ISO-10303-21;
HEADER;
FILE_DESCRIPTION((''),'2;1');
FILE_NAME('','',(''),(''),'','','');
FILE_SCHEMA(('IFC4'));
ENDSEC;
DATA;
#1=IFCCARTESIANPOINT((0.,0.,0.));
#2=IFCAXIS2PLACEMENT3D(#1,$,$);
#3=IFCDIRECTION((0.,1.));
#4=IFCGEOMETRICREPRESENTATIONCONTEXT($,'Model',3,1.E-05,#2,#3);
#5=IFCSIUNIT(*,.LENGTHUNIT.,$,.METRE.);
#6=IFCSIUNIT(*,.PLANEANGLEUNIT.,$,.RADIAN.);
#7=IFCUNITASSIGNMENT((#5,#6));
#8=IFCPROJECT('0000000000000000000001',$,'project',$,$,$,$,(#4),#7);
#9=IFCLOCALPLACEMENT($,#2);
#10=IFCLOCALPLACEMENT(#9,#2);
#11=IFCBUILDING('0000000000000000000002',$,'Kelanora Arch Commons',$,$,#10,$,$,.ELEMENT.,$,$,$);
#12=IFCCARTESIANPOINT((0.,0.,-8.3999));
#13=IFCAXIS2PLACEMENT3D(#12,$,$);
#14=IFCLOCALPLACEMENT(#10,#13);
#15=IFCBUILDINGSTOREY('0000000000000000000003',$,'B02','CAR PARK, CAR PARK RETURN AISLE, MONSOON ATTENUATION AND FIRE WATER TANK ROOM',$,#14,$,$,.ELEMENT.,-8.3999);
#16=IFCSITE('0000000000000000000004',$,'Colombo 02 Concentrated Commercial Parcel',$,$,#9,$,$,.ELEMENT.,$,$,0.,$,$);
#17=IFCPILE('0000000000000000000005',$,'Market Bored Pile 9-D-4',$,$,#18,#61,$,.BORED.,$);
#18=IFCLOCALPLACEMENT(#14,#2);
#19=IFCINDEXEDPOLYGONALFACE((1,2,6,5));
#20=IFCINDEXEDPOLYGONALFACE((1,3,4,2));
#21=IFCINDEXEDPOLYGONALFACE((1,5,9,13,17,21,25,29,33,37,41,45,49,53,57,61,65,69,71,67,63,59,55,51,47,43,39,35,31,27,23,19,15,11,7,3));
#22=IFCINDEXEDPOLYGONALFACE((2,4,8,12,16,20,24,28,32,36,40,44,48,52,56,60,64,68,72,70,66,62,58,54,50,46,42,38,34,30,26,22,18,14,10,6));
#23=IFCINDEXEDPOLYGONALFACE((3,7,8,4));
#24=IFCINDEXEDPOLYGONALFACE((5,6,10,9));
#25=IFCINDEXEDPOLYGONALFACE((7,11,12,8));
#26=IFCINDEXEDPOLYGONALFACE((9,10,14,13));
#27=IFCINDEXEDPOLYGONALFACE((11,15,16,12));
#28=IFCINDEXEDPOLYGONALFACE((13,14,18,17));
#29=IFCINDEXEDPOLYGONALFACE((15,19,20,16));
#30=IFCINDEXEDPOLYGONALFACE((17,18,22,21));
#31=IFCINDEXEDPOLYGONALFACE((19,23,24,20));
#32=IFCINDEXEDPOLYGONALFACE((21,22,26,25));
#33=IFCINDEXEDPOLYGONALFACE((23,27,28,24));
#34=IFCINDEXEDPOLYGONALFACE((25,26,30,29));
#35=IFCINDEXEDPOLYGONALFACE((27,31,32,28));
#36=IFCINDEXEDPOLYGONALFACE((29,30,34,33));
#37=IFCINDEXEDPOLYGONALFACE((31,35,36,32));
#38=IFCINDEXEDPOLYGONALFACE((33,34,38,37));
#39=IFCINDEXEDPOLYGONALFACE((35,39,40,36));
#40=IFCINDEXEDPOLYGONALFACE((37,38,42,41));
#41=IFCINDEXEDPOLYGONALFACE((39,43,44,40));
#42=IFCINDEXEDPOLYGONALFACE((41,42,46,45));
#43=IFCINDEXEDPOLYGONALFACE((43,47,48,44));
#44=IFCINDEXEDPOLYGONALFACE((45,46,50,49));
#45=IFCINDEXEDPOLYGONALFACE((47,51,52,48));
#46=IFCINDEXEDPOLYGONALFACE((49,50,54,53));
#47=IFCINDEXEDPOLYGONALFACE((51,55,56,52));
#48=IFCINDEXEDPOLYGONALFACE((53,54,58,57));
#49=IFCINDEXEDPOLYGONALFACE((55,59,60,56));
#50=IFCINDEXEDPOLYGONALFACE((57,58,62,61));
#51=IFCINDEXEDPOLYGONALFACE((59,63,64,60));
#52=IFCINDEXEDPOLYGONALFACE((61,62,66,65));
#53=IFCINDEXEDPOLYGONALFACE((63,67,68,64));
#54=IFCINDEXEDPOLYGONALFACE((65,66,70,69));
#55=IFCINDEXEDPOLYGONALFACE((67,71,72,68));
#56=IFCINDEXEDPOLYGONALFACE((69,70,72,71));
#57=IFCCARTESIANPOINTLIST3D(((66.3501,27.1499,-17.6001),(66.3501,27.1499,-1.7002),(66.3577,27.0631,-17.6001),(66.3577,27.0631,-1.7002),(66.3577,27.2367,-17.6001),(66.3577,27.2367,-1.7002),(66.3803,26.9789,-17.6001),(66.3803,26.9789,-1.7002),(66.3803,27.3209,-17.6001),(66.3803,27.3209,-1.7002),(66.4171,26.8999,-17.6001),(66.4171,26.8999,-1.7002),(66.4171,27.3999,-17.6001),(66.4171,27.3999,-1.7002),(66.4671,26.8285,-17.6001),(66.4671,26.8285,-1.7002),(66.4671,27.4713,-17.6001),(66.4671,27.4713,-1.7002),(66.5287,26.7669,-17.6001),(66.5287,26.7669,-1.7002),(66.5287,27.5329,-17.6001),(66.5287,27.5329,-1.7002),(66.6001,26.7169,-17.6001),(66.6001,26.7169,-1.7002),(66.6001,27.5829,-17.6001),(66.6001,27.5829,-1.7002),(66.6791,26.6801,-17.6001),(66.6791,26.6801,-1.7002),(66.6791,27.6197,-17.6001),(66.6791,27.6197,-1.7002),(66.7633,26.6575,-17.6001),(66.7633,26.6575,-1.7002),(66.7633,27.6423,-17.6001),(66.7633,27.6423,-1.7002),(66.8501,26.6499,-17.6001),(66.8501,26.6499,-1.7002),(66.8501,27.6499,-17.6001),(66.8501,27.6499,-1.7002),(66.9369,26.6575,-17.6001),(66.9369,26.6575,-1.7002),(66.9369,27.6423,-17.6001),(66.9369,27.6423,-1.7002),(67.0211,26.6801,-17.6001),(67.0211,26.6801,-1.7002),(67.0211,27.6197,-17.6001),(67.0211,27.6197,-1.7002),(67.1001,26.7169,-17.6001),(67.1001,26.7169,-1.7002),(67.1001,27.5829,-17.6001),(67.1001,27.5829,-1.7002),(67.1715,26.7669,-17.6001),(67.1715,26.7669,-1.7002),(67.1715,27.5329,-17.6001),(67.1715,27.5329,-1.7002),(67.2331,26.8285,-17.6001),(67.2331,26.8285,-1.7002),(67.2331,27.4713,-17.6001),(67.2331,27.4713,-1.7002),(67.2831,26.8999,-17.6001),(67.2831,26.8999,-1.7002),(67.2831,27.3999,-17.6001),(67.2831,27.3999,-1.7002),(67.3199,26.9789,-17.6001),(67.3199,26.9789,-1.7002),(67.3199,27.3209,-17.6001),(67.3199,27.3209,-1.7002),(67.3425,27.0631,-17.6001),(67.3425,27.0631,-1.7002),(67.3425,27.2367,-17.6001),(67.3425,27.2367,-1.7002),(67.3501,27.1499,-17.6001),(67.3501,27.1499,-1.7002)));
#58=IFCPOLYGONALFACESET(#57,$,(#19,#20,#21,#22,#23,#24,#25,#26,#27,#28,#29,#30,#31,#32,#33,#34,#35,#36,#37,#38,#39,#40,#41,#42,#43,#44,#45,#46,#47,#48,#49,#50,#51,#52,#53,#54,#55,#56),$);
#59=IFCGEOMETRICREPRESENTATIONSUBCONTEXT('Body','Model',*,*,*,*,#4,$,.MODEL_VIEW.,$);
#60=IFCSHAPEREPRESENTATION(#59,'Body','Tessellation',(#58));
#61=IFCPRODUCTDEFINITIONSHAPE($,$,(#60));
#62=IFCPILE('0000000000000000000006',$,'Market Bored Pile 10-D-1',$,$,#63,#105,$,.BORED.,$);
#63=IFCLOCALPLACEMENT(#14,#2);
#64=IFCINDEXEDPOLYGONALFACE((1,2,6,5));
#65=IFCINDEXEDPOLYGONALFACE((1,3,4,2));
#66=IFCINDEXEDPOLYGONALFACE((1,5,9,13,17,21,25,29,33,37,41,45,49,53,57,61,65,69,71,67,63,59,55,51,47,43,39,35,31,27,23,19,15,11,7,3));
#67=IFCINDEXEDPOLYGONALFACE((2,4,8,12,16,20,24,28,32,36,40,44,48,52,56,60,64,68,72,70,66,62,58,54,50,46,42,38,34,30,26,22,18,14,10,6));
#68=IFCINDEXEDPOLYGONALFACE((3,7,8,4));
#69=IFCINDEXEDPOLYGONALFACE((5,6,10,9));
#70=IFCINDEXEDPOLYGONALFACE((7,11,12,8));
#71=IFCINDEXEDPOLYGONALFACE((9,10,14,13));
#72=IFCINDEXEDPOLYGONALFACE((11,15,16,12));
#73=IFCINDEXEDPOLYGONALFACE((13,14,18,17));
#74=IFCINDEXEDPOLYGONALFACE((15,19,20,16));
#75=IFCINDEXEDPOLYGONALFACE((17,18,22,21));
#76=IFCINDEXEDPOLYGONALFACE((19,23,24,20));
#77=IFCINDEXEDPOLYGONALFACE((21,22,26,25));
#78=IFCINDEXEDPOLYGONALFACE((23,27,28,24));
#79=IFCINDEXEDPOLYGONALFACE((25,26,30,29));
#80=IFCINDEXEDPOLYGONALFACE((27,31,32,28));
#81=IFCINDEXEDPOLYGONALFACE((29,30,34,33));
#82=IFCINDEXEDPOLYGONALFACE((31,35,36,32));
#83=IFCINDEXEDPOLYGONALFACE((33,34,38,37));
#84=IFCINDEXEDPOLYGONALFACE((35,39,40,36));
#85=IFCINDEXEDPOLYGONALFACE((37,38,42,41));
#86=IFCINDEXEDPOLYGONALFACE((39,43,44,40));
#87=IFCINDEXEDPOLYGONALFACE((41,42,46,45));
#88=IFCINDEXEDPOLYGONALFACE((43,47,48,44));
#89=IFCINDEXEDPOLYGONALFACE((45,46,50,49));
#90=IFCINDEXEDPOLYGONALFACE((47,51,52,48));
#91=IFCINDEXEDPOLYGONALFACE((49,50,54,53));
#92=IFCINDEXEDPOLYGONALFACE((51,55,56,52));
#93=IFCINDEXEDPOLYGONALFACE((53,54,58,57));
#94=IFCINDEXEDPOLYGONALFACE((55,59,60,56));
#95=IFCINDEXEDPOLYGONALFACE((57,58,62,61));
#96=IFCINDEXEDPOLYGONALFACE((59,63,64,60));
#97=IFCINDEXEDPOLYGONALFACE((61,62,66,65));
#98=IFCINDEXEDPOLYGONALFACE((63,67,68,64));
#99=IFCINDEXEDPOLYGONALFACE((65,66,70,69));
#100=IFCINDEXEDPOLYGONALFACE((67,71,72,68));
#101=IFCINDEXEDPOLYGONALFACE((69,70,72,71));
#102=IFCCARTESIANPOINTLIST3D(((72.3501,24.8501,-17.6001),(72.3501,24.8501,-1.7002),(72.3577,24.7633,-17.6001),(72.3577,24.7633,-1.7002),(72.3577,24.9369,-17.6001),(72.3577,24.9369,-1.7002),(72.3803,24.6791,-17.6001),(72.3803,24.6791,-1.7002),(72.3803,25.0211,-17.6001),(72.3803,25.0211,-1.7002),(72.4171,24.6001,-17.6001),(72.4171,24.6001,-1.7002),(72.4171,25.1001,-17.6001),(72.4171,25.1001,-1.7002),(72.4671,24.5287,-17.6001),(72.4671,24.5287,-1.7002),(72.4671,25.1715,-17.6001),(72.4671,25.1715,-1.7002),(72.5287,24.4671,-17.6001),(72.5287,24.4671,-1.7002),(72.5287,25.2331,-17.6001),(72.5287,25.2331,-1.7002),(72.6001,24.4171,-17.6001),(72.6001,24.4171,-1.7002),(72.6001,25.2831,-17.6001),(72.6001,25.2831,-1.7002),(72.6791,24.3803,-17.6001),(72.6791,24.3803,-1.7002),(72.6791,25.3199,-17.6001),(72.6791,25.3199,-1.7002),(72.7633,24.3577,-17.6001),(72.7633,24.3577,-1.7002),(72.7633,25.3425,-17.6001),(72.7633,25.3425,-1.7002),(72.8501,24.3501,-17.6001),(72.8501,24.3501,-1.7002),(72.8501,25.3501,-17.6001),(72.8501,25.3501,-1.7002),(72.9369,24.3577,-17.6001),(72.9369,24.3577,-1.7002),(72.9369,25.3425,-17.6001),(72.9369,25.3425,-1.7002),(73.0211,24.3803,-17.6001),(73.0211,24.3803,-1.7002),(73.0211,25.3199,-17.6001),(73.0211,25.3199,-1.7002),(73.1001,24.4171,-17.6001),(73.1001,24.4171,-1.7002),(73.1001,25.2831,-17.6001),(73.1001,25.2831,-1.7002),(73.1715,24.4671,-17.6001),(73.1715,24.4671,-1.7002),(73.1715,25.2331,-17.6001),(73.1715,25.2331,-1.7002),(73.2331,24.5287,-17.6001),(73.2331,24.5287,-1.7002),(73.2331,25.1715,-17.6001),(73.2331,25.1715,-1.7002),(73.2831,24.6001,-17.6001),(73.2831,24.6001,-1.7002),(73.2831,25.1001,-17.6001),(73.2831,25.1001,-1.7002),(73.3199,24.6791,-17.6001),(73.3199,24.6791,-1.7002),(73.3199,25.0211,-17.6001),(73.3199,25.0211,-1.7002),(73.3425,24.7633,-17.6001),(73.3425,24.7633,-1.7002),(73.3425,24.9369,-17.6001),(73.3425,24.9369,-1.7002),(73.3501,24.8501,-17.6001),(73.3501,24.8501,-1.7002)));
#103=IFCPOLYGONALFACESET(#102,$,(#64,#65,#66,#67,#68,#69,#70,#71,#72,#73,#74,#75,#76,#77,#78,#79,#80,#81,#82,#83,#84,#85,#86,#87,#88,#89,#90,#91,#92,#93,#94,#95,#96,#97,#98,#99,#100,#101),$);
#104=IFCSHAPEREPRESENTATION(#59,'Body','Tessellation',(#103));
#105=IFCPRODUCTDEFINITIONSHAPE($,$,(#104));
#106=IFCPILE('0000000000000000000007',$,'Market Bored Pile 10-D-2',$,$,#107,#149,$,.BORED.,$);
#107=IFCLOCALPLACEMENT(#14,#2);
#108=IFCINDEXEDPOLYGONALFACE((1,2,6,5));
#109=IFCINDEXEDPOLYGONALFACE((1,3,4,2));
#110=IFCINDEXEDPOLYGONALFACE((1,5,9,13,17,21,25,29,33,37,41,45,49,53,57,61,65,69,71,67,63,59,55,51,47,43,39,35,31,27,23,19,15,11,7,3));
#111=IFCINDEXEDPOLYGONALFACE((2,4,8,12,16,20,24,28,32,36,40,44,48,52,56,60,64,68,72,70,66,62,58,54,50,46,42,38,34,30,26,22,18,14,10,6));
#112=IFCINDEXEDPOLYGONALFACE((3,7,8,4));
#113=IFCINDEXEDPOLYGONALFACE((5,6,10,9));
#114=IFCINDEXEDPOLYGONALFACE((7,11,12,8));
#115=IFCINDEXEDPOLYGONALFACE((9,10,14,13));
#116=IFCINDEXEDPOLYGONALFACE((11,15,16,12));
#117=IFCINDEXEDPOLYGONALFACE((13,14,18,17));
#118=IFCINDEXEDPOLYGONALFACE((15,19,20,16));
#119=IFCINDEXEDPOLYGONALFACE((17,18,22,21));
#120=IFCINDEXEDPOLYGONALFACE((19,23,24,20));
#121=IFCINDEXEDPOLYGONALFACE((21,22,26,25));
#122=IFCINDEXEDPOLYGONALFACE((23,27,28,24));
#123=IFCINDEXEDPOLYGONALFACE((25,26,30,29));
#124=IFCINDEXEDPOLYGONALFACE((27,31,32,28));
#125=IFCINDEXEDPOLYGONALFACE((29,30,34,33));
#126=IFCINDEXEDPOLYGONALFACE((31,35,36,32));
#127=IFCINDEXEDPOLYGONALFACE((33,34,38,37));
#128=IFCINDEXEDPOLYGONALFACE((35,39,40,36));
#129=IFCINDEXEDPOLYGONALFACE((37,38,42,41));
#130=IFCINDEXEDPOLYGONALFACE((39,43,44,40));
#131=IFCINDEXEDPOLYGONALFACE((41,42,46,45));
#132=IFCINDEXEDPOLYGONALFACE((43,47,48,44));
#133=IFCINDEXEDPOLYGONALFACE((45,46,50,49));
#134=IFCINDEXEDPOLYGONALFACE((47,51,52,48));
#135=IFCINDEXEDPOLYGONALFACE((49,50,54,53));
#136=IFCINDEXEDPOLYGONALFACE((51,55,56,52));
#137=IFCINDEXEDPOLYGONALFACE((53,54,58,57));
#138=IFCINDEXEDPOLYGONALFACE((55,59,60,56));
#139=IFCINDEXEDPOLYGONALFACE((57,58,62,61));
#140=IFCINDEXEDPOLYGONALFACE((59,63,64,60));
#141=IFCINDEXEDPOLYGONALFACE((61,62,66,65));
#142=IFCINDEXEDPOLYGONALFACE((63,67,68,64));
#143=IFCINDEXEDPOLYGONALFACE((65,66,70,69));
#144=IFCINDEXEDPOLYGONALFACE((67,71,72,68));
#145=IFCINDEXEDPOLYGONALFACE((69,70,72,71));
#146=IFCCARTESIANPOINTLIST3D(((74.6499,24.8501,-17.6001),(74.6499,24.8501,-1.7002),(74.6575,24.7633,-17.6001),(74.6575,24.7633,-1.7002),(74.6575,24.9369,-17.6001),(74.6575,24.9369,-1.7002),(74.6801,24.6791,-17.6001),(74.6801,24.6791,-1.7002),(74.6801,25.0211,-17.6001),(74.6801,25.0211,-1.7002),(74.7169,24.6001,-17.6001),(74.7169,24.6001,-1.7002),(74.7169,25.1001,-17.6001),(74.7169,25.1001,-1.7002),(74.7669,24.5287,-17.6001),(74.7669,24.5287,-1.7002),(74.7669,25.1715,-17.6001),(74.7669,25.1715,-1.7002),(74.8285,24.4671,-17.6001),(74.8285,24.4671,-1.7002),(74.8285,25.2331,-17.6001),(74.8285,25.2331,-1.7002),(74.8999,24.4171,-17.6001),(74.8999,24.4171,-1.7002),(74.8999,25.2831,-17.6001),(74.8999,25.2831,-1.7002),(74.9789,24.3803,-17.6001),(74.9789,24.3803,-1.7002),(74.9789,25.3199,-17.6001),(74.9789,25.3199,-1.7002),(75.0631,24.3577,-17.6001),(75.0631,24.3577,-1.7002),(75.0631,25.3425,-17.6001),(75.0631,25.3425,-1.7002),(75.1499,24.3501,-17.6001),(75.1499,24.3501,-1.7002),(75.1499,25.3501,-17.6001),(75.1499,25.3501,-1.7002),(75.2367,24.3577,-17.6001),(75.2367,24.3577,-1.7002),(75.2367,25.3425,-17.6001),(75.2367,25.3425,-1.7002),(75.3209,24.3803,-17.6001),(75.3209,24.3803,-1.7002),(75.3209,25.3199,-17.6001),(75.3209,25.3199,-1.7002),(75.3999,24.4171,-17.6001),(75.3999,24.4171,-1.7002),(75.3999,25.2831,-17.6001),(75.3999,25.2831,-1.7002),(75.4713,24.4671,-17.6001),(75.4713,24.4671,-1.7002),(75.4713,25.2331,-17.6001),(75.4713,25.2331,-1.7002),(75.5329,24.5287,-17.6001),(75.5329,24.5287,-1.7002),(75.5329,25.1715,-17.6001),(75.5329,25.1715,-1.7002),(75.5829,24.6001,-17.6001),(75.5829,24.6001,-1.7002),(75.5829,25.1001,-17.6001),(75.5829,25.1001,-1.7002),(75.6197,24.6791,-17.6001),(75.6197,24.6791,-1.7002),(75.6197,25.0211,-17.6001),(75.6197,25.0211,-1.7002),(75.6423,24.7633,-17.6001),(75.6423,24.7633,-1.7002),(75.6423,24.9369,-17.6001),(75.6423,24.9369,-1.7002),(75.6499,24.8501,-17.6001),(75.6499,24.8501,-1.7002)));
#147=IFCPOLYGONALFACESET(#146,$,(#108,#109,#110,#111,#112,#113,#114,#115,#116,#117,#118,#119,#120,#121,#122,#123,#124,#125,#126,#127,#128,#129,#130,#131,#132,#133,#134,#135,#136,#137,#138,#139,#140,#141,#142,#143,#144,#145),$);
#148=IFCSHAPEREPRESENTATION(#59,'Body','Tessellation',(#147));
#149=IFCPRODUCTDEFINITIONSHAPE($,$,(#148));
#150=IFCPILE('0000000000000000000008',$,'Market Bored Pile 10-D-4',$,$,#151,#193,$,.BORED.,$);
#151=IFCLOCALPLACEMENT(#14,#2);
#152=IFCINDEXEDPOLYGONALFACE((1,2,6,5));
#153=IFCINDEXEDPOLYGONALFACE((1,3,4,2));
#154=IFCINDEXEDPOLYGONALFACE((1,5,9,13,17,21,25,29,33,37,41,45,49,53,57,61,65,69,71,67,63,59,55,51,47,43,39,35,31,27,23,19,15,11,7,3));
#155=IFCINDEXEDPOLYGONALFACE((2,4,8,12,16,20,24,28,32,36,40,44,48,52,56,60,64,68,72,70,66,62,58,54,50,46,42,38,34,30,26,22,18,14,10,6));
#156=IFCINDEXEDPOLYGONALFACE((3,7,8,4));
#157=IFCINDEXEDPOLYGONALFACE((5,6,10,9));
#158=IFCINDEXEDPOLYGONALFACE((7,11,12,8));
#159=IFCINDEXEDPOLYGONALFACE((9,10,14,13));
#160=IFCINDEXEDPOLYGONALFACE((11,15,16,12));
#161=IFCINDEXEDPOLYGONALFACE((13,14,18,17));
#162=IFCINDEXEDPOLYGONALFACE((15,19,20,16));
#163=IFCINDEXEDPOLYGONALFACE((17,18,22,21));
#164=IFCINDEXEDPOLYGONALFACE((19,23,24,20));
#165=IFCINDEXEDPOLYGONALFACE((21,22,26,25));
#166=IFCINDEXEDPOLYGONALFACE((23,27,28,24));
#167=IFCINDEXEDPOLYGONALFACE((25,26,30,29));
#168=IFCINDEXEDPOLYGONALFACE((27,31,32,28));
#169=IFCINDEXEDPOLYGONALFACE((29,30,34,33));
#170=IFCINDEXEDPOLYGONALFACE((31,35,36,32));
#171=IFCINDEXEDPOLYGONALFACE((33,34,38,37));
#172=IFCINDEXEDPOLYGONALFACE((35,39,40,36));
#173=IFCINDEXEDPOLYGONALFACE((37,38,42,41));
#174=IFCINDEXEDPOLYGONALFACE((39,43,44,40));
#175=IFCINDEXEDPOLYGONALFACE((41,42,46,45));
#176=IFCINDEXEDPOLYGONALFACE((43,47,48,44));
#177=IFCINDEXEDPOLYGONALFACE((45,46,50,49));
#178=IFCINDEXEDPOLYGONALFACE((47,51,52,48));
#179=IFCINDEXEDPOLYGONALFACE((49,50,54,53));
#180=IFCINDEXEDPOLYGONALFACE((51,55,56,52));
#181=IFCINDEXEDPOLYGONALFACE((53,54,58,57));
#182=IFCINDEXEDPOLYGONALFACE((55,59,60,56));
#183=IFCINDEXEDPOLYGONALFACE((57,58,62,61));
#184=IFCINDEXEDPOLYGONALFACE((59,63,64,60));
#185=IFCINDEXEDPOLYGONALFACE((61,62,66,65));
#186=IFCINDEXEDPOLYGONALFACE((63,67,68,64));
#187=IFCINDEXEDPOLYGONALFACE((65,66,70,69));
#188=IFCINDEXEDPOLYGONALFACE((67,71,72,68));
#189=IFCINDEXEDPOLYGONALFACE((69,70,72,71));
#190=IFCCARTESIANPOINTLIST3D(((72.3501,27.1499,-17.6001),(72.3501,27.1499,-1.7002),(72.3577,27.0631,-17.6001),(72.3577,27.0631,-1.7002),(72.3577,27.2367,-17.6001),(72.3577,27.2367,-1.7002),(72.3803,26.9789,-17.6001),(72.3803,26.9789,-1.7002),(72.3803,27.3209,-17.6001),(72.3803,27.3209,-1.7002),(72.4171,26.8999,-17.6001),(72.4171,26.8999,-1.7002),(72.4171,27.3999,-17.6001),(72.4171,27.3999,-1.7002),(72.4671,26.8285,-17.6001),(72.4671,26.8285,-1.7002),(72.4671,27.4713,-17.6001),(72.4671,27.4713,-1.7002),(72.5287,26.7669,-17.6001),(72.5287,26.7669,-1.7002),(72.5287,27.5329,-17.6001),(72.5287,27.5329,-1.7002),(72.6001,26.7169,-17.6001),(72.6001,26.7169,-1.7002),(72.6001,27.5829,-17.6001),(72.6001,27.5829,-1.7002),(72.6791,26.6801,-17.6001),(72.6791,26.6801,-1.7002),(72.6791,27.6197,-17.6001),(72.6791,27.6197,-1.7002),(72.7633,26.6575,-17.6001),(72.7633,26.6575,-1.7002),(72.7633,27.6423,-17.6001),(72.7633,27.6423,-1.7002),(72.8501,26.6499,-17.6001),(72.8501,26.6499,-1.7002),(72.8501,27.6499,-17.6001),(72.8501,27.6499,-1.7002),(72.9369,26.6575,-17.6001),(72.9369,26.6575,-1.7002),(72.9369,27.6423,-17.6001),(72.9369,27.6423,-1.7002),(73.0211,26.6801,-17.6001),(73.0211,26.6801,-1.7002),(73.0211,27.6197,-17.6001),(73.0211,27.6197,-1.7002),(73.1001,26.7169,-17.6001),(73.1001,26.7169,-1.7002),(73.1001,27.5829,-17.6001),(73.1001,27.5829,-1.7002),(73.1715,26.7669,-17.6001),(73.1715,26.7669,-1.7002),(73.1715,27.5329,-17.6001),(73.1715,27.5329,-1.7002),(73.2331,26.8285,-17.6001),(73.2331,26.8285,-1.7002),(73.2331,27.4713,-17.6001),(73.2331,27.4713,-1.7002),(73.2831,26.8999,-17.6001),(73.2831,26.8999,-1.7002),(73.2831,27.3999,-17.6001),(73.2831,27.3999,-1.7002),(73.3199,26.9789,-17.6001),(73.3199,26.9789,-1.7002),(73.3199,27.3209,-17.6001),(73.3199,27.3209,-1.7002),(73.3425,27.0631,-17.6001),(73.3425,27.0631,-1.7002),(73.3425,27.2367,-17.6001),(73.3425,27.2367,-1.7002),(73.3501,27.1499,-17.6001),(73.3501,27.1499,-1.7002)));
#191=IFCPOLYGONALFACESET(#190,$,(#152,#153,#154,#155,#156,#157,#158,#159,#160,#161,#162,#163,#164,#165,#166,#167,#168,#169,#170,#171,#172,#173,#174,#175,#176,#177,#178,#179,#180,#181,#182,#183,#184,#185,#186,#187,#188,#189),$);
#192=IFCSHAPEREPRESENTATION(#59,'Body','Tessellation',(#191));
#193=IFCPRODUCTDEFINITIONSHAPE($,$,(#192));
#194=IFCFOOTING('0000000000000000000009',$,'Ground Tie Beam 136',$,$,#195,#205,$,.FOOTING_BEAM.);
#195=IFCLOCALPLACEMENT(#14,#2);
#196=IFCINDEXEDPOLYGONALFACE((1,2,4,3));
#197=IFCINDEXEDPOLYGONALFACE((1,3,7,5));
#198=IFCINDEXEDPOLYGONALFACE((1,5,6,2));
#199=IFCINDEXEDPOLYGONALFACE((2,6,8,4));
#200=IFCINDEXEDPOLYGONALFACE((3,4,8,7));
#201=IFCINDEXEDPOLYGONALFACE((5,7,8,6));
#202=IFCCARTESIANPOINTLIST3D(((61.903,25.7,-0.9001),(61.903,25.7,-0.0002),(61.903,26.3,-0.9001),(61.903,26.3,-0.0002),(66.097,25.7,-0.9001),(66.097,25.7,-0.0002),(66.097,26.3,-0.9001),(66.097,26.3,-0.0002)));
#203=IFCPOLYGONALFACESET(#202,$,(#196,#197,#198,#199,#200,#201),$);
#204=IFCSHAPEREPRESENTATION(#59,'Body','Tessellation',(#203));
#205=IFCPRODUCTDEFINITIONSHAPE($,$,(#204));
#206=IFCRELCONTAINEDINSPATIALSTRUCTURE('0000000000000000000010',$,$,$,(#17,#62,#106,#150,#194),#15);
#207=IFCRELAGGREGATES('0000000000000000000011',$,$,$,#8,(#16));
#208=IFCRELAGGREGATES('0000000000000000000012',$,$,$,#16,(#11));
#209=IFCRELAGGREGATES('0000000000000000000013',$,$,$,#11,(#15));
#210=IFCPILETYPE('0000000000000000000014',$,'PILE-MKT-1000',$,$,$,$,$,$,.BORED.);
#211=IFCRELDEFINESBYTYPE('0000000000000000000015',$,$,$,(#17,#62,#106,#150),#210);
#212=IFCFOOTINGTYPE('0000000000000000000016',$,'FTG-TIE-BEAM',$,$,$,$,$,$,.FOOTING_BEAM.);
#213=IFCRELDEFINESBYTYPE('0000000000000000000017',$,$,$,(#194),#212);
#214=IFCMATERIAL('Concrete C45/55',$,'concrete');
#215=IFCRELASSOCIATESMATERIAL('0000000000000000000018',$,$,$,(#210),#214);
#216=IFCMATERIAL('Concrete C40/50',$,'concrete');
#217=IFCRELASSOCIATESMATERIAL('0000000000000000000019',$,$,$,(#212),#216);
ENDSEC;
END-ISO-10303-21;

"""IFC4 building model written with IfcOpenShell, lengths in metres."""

from ifc_helpers import new_model, si_unit, direction, frame, origin, origin_2d, place, context, subcontext, project, spatial, rectangle, circle, extrude, source, transform, mapped, material, material_profile, profile_set, type_object, element, save


model = new_model("IFC4")

# Units and contexts
model_context = context("Model", 3, precision=1e-05, world=origin(), true_north=direction((0.0, 1.0)))
body_context = subcontext(model_context, "Body", "Model", "MODEL_VIEW")
ifc_project = project(units=[si_unit("LENGTHUNIT", "METRE"), si_unit("PLANEANGLEUNIT", "RADIAN")], contexts=[model_context])

# Site, building, storey
site_placement = place(None, origin())
site = spatial("IfcSite", under=ifc_project, at=site_placement, Name="Colombo 02 Concentrated Commercial Parcel", CompositionType="ELEMENT", RefElevation=0.0)
building_placement = place(site_placement, origin())
building = spatial("IfcBuilding", under=site, at=building_placement, Name="Kelanora Arch Commons", CompositionType="ELEMENT")
storey_placement = place(building_placement, frame((0.0, 0.0, -8.3999)))
storey = spatial("IfcBuildingStorey", under=building, at=storey_placement, Name="B02", Description="CAR PARK, CAR PARK RETURN AISLE, MONSOON ATTENUATION AND FIRE WATER TANK ROOM", CompositionType="ELEMENT", Elevation=-8.3999)

# Shared definitions
ifc_material_1 = material(Name="Concrete C45/55", Category="concrete")

# Shared definitions
ifc_material_2 = material(Name="Concrete C40/50", Category="concrete")

# Piles
ifc_material_profile_1 = material_profile(ifc_material_1, circle(Radius=0.5, at=origin_2d()), Name="PILE1000")
ifc_profile_set_1 = profile_set([ifc_material_profile_1], Name="Concrete C45/55")
pile_type_1 = type_object("IfcPileType", Name="PILE-MKT-1000", PredefinedType="BORED", material=ifc_profile_set_1)
shared_shape_1 = source(origin(), body_context, "Body", "SweptSolid", [
    extrude(circle(Radius=0.5, at=origin_2d()), origin(), (0.0, 0.0, 1.0), 15.8999),
])
for number, where, z_axis, x_axis, name in (
    (1, (66.8501, 27.1499, -1.7002), (0.0, 0.0, -1.0), (1.0, 0.0, 0.0), "Market Bored Pile 9-D-4"),
    (2, (72.8501, 24.8501, -1.7002), (0.0, 0.0, -1.0), (1.0, 0.0, 0.0), "Market Bored Pile 10-D-1"),
    (3, (75.1499, 24.8501, -1.7002), (0.0, 0.0, -1.0), (1.0, 0.0, 0.0), "Market Bored Pile 10-D-2"),
    (4, (72.8501, 27.1499, -1.7002), (0.0, 0.0, -1.0), (1.0, 0.0, 0.0), "Market Bored Pile 10-D-4"),
):
    element("IfcPile", number, at=place(storey_placement, frame(where, z_axis=z_axis, x_axis=x_axis)), inside=storey, type_object=pile_type_1, Name=name, PredefinedType="BORED", context=body_context, shape_type="MappedRepresentation", body=[
        mapped(shared_shape_1, transform((0.0, 0.0, 0.0), scale=1.0)),
    ])

# Footing
footing_type_1 = type_object("IfcFootingType", Name="FTG-TIE-BEAM", PredefinedType="FOOTING_BEAM", material=ifc_material_2)
shared_shape_2 = source(origin(), body_context, "Body", "SweptSolid", [
    extrude(rectangle(XDim=4.1941, YDim=0.6001, at=origin_2d()), origin(), (0.0, 0.0, 1.0), 0.8999),
])
footing_1_placement = place(storey_placement, frame((64.0, 26.0, -0.9001), z_axis=(0.0, 0.0, 1.0), x_axis=(1.0, 0.0, 0.0)))
element("IfcFooting", 5, at=footing_1_placement, inside=storey, type_object=footing_type_1, Name="Ground Tie Beam 136", PredefinedType="FOOTING_BEAM", context=body_context, shape_type="MappedRepresentation", body=[
    mapped(shared_shape_2, transform((0.0, 0.0, 0.0), scale=1.0)),
])

save(model, "model.ifc")
